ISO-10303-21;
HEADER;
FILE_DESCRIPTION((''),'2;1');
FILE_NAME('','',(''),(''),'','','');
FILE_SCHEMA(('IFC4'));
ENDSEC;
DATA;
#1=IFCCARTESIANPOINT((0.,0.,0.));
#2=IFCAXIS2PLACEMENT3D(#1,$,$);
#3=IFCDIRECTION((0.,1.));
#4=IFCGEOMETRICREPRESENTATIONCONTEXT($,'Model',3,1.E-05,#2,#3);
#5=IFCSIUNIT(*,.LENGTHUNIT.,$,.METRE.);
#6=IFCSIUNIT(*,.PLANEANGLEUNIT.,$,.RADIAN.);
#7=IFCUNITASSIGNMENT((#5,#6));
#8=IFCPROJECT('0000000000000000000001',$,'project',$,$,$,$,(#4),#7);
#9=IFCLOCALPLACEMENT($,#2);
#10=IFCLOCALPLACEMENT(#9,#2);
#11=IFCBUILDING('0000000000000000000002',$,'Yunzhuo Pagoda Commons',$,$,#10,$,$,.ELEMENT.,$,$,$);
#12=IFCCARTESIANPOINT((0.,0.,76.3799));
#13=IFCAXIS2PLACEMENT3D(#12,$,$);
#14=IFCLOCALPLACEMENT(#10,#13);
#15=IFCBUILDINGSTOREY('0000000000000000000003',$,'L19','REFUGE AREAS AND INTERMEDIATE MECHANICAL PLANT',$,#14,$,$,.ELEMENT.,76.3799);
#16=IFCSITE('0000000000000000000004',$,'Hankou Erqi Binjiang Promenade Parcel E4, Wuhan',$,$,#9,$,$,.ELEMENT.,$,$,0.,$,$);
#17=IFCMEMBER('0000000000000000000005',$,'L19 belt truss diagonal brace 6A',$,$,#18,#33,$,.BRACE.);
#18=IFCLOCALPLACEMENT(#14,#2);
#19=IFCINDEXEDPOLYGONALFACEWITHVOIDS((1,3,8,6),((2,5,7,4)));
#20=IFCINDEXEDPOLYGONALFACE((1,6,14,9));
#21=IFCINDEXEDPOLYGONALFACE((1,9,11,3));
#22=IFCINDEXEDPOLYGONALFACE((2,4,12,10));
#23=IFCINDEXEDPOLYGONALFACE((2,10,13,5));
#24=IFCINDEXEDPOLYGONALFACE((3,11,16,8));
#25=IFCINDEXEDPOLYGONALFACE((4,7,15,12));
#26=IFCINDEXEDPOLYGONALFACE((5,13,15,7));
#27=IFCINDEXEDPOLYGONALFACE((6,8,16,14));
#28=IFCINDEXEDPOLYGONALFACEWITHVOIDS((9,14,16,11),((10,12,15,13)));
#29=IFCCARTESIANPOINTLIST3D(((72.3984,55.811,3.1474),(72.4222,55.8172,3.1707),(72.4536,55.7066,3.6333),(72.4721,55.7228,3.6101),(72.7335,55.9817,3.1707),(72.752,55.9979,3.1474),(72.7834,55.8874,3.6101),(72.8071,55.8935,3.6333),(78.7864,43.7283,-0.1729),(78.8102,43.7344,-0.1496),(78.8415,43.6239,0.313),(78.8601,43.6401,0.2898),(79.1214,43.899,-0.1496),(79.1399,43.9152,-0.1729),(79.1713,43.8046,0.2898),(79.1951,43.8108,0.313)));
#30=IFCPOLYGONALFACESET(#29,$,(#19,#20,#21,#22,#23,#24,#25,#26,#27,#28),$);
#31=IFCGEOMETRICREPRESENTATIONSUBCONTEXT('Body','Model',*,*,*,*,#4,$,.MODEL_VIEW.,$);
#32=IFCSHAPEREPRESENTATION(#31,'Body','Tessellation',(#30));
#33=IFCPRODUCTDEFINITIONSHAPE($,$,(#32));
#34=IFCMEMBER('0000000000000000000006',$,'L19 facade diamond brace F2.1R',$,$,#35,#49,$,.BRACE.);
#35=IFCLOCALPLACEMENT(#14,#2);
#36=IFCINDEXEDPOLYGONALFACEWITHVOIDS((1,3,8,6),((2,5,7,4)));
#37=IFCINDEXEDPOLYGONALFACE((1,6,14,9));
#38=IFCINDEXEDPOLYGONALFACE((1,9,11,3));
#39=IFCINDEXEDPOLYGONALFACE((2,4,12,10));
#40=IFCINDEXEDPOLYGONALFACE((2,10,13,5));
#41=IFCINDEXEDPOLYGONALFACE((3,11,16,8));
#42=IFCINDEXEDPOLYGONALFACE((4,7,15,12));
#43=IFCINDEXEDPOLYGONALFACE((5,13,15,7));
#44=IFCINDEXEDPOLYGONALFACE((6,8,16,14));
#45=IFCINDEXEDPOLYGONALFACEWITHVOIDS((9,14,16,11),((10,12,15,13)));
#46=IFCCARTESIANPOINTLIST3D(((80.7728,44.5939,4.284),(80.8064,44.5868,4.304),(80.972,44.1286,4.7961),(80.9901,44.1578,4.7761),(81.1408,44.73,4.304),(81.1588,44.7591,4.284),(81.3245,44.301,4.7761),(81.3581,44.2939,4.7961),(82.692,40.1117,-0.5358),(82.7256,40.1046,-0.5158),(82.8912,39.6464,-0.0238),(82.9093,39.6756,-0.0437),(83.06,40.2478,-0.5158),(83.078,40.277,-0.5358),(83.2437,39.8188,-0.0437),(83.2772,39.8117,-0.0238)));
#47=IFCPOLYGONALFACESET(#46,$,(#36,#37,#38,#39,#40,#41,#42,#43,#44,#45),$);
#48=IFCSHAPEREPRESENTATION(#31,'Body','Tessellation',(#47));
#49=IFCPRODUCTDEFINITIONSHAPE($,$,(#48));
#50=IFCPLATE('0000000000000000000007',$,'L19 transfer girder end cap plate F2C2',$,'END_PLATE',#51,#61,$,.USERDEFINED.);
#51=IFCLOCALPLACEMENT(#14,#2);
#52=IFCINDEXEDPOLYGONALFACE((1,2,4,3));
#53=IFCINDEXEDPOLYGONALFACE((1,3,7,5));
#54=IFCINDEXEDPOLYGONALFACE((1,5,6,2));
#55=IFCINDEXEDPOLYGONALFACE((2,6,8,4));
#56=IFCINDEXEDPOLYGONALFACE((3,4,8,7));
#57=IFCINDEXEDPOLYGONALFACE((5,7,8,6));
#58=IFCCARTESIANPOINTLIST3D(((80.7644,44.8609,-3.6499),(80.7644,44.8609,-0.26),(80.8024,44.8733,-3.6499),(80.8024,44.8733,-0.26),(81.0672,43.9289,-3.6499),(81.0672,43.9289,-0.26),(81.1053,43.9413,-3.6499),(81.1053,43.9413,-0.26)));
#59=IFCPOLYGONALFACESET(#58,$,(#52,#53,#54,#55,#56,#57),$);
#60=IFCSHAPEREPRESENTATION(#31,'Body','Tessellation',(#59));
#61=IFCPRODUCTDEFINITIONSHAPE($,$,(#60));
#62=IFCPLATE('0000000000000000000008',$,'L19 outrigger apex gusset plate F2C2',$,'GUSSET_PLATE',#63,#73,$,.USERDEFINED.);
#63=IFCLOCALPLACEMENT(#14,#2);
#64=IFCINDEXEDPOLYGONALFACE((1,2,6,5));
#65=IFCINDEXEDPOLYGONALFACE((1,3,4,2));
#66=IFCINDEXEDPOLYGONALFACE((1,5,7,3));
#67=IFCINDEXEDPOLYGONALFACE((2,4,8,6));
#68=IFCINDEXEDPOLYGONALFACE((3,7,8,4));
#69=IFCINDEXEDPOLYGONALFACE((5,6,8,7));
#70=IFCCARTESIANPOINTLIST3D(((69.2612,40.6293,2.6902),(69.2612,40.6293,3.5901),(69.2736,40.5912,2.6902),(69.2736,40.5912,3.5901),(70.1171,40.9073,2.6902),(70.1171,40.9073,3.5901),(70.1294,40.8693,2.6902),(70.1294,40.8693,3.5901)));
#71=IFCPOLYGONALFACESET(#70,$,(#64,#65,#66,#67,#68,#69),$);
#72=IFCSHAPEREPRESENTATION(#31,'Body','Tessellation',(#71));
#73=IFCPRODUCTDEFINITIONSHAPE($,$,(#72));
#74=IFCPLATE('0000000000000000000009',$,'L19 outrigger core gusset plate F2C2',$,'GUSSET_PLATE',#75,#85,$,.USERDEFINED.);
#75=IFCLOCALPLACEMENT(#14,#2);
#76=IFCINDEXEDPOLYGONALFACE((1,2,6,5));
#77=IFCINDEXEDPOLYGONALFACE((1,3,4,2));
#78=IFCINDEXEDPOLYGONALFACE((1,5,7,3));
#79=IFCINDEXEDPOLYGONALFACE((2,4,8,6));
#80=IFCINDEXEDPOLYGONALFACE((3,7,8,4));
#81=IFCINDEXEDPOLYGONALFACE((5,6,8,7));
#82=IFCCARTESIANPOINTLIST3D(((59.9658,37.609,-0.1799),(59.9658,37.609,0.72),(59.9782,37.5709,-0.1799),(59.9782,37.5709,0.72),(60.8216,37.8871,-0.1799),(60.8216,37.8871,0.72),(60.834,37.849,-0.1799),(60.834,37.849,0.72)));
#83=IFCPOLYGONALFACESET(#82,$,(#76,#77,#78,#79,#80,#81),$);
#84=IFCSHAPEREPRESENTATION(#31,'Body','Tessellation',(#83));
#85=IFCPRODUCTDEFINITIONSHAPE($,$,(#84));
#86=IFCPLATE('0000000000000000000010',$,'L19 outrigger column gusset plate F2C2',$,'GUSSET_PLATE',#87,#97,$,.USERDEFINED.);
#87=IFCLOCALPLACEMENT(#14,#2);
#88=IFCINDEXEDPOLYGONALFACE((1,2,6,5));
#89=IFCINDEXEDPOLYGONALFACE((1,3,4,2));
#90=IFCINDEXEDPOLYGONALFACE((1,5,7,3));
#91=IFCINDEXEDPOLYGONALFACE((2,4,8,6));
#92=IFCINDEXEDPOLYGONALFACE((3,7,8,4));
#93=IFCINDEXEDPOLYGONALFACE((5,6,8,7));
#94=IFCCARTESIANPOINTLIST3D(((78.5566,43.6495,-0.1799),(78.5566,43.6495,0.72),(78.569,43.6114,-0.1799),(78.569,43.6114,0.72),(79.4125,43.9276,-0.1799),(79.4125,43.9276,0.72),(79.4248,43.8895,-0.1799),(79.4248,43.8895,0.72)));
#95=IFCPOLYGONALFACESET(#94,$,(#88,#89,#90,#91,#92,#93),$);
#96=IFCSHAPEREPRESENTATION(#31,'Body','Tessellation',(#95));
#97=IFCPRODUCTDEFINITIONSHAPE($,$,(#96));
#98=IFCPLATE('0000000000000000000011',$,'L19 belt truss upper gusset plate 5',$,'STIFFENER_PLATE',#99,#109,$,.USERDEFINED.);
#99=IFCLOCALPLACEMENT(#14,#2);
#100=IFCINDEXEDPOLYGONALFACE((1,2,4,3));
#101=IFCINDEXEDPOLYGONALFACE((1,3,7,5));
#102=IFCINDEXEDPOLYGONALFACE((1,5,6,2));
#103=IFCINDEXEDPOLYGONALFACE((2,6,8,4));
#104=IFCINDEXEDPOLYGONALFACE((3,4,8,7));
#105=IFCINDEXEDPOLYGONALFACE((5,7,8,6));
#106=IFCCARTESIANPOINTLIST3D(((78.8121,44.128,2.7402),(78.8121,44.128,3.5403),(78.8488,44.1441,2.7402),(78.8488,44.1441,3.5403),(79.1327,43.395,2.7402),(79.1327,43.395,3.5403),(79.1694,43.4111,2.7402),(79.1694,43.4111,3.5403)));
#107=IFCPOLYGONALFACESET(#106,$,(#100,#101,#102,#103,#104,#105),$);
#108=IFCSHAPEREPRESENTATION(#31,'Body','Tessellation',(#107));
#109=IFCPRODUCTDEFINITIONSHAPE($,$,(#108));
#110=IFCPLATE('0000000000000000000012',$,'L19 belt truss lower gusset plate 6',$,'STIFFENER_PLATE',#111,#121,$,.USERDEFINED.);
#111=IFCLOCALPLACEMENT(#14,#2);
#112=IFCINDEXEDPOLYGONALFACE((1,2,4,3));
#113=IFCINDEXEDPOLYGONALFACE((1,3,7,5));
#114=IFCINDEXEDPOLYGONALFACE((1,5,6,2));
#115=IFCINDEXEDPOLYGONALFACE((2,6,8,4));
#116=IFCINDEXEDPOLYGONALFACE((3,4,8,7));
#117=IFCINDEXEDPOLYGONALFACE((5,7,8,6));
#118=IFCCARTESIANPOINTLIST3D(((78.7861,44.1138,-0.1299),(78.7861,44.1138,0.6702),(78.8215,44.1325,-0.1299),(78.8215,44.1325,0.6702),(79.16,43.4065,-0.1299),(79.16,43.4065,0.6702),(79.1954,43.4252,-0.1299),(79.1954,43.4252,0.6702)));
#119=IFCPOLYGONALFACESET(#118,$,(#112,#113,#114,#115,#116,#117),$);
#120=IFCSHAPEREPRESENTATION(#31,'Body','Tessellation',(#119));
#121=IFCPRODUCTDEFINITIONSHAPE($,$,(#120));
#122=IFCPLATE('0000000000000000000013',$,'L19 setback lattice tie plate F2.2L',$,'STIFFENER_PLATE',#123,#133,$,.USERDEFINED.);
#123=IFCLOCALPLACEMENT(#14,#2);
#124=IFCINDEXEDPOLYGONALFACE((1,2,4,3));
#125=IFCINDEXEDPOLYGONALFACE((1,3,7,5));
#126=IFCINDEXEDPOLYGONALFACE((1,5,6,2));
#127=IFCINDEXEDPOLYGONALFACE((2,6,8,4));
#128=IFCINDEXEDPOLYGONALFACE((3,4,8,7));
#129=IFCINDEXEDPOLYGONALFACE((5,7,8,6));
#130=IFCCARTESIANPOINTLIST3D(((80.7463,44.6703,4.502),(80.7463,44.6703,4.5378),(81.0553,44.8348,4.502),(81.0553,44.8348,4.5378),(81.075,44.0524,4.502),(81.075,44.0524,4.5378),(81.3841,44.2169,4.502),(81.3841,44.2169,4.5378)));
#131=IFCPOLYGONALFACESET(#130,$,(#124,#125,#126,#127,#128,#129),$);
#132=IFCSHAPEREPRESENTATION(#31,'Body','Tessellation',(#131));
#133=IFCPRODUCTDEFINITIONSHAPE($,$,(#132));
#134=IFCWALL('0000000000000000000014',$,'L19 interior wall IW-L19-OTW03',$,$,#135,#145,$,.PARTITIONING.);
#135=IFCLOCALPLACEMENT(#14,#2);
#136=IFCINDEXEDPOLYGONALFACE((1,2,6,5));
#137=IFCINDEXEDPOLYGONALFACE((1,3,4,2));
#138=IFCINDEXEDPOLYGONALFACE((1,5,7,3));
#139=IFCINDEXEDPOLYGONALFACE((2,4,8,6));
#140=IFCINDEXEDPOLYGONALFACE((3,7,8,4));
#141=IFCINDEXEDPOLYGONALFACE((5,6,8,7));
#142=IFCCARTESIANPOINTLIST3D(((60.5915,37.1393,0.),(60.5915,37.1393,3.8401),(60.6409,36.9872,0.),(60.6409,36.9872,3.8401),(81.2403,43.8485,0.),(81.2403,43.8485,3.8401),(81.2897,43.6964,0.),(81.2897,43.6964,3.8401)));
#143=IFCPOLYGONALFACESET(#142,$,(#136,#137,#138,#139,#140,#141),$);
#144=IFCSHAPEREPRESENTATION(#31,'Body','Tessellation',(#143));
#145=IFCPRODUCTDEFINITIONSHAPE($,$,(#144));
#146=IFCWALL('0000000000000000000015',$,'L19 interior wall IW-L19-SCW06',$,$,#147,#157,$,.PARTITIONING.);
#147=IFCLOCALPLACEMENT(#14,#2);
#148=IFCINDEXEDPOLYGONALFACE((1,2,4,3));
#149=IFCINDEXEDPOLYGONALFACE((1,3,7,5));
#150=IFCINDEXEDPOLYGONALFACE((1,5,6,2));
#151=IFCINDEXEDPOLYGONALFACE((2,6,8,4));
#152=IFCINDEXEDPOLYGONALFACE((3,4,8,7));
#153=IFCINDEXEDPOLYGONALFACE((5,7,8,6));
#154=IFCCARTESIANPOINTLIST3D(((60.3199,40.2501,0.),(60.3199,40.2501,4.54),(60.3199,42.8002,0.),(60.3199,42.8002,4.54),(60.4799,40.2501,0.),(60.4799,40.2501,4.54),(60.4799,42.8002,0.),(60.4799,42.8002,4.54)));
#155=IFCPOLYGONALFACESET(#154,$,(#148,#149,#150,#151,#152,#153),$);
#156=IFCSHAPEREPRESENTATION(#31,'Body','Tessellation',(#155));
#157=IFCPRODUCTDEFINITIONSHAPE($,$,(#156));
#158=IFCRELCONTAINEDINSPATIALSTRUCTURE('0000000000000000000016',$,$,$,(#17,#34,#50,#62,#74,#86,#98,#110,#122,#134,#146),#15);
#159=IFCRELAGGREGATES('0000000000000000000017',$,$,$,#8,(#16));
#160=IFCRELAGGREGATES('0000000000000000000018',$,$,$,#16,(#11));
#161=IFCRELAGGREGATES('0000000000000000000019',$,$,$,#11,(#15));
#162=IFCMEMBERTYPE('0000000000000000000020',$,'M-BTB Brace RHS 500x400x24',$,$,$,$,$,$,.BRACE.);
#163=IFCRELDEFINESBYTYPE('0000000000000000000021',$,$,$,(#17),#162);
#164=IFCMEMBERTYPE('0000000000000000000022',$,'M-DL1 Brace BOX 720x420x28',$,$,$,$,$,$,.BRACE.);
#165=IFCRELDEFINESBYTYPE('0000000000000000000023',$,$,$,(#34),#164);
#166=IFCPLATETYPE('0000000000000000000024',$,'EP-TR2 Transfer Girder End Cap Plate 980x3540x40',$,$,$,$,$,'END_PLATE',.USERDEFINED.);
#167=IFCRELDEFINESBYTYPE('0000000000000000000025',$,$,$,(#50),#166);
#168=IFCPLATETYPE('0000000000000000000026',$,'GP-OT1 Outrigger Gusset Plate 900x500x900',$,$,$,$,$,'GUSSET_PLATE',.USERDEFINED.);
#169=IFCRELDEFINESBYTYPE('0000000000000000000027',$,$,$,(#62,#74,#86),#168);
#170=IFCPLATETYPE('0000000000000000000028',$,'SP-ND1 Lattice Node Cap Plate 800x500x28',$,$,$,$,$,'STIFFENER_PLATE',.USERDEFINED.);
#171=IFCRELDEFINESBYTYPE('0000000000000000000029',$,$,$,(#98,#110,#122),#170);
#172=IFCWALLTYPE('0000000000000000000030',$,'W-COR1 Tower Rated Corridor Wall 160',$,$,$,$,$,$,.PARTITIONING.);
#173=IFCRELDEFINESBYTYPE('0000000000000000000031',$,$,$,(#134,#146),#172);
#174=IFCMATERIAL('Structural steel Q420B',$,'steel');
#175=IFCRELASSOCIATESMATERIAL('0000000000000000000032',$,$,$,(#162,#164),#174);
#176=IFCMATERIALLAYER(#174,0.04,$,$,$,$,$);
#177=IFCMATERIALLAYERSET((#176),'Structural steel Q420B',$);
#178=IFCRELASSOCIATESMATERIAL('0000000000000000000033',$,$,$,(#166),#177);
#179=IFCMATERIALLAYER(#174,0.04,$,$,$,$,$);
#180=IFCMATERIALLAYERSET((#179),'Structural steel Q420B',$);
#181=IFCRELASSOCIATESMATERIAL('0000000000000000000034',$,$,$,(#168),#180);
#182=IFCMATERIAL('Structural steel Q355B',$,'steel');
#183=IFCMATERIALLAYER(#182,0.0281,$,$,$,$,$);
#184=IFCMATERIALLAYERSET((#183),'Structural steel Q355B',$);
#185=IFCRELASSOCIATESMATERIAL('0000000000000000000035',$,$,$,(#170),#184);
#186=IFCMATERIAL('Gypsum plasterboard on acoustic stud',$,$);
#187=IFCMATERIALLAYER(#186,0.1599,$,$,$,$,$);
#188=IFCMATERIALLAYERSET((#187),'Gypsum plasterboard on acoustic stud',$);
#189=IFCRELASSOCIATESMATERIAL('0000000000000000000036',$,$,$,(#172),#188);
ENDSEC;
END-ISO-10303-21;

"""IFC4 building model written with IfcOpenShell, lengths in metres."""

from ifc_helpers import new_model, si_unit, direction, frame, frame_2d, origin, origin_2d, place, context, subcontext, project, spatial, rectangle, hollow_rectangle, extrude, source, transform, mapped, material, layer, layer_set, material_profile, profile_set, type_object, element, save


model = new_model("IFC4")

# Units and contexts
model_context = context("Model", 3, precision=1e-05, world=origin(), true_north=direction((0.0, 1.0)))
body_context = subcontext(model_context, "Body", "Model", "MODEL_VIEW")
ifc_project = project(units=[si_unit("LENGTHUNIT", "METRE"), si_unit("PLANEANGLEUNIT", "RADIAN")], contexts=[model_context])

# Site, building, storey
site_placement = place(None, origin())
site = spatial("IfcSite", under=ifc_project, at=site_placement, Name="Hankou Erqi Binjiang Promenade Parcel E4, Wuhan", CompositionType="ELEMENT", RefElevation=0.0)
building_placement = place(site_placement, origin())
building = spatial("IfcBuilding", under=site, at=building_placement, Name="Yunzhuo Pagoda Commons", CompositionType="ELEMENT")
storey_placement = place(building_placement, frame((0.0, 0.0, 76.3799)))
storey = spatial("IfcBuildingStorey", under=building, at=storey_placement, Name="L19", Description="REFUGE AREAS AND INTERMEDIATE MECHANICAL PLANT", CompositionType="ELEMENT", Elevation=76.3799)

# Shared definitions
ifc_material_1 = material(Name="Structural steel Q420B", Category="steel")

# Shared definitions
ifc_material_2 = material(Name="Structural steel Q355B", Category="steel")

# Members
ifc_material_profile_1 = material_profile(ifc_material_1, hollow_rectangle(XDim=0.3999, YDim=0.5, WallThickness=0.0239, at=origin_2d()), Name="Structural steel Q420B")
ifc_profile_set_1 = profile_set([ifc_material_profile_1], Name="Structural steel Q420B")
member_type_1 = type_object("IfcMemberType", Name="M-BTB Brace RHS 500x400x24", PredefinedType="BRACE", material=ifc_profile_set_1)
shared_shape_1 = source(origin(), body_context, "Body", "SweptSolid", [
    extrude(hollow_rectangle(XDim=0.3999, YDim=0.5, WallThickness=0.0239, at=origin_2d()), origin(), (0.0, 0.0, 1.0), 14.0649),
])
member_1_placement = place(storey_placement, frame((78.9907, 43.7695, 0.0701), z_axis=(-0.454174, 0.859068, 0.23607), x_axis=(-0.884055, -0.467384, 0.0)))
element("IfcMember", 1, at=member_1_placement, inside=storey, type_object=member_type_1, Name="L19 belt truss diagonal brace 6A", PredefinedType="BRACE", context=body_context, shape_type="MappedRepresentation", body=[
    mapped(shared_shape_1, transform((0.0, 0.0, 0.0), scale=1.0)),
])
ifc_material_profile_2 = material_profile(ifc_material_1, hollow_rectangle(XDim=0.4199, YDim=0.72, WallThickness=0.0281, at=origin_2d()), Name="Structural steel Q420B")
ifc_profile_set_2 = profile_set([ifc_material_profile_2], Name="Structural steel Q420B")
member_type_2 = type_object("IfcMemberType", Name="M-DL1 Brace BOX 720x420x28", PredefinedType="BRACE", material=ifc_profile_set_2)
shared_shape_2 = source(origin(), body_context, "Body", "SweptSolid", [
    extrude(hollow_rectangle(XDim=0.4199, YDim=0.72, WallThickness=0.0281, at=origin_2d()), origin(), (0.0, 0.0, 1.0), 6.856),
])
member_2_placement = place(storey_placement, frame((82.9846, 39.9617, -0.2798), z_axis=(-0.279931, 0.653766, 0.703014), x_axis=(-0.919274, -0.393617, 0.0)))
element("IfcMember", 2, at=member_2_placement, inside=storey, type_object=member_type_2, Name="L19 facade diamond brace F2.1R", PredefinedType="BRACE", context=body_context, shape_type="MappedRepresentation", body=[
    mapped(shared_shape_2, transform((0.0, 0.0, 0.0), scale=1.0)),
])

# Plates
ifc_layer_1 = layer(ifc_material_1, 0.04)
ifc_layer_set_1 = layer_set([ifc_layer_1], Name="Structural steel Q420B")
plate_type_1 = type_object("IfcPlateType", Name="EP-TR2 Transfer Girder End Cap Plate 980x3540x40", ElementType="END_PLATE", PredefinedType="USERDEFINED", material=ifc_layer_set_1)
shared_shape_3 = source(origin(), body_context, "Body", "SweptSolid", [
    extrude(rectangle(XDim=0.98, YDim=0.04, at=origin_2d()), origin(), (0.0, 0.0, 1.0), 3.3899),
])
plate_1_placement = place(storey_placement, frame((80.9348, 44.4011, -3.6499), z_axis=(0.0, 0.0, 1.0), x_axis=(-0.309017, 0.951057, 0.0)))
element("IfcPlate", 3, at=plate_1_placement, inside=storey, type_object=plate_type_1, Name="L19 transfer girder end cap plate F2C2", ObjectType="END_PLATE", PredefinedType="USERDEFINED", context=body_context, shape_type="MappedRepresentation", body=[
    mapped(shared_shape_3, transform((0.0, 0.0, 0.0), scale=1.0)),
])
ifc_layer_2 = layer(ifc_material_1, 0.04)
ifc_layer_set_2 = layer_set([ifc_layer_2], Name="Structural steel Q420B")
plate_type_2 = type_object("IfcPlateType", Name="GP-OT1 Outrigger Gusset Plate 900x500x900", ElementType="GUSSET_PLATE", PredefinedType="USERDEFINED", material=ifc_layer_set_2)
shared_shape_4 = source(origin(), body_context, "Body", "SweptSolid", [
    extrude(rectangle(XDim=0.8999, YDim=0.04, at=origin_2d()), origin(), (0.0, 0.0, 1.0), 0.8999),
])
for number, where, z_axis, x_axis, name in (
    (4, (69.6953, 40.7493, 2.6902), (0.0, 0.0, 1.0), (0.951057, 0.309017, 0.0), "L19 outrigger apex gusset plate F2C2"),
    (5, (60.3999, 37.729, -0.1799), (0.0, 0.0, 1.0), (0.951057, 0.309017, 0.0), "L19 outrigger core gusset plate F2C2"),
    (6, (78.9907, 43.7695, -0.1799), (0.0, 0.0, 1.0), (0.951057, 0.309017, 0.0), "L19 outrigger column gusset plate F2C2"),
):
    element("IfcPlate", number, at=place(storey_placement, frame(where, z_axis=z_axis, x_axis=x_axis)), inside=storey, type_object=plate_type_2, Name=name, ObjectType="GUSSET_PLATE", PredefinedType="USERDEFINED", context=body_context, shape_type="MappedRepresentation", body=[
        mapped(shared_shape_4, transform((0.0, 0.0, 0.0), scale=1.0)),
    ])
ifc_layer_3 = layer(ifc_material_2, 0.0281)
ifc_layer_set_3 = layer_set([ifc_layer_3], Name="Structural steel Q355B")
plate_type_3 = type_object("IfcPlateType", Name="SP-ND1 Lattice Node Cap Plate 800x500x28", ElementType="STIFFENER_PLATE", PredefinedType="USERDEFINED", material=ifc_layer_set_3)
shared_shape_5 = source(origin(), body_context, "Body", "SweptSolid", [
    extrude(rectangle(XDim=0.8, YDim=0.04, at=origin_2d()), origin(), (0.0, 0.0, 1.0), 0.8),
])
for number, where, z_axis, x_axis, name in (
    (7, (78.9907, 43.7695, 2.7402), (0.0, 0.0, 1.0), (-0.400717, 0.916202, 0.0), "L19 belt truss upper gusset plate 5"),
    (8, (78.9907, 43.7695, -0.1299), (0.0, 0.0, 1.0), (-0.46739, 0.884051, 0.0), "L19 belt truss lower gusset plate 6"),
):
    element("IfcPlate", number, at=place(storey_placement, frame(where, z_axis=z_axis, x_axis=x_axis)), inside=storey, type_object=plate_type_3, Name=name, ObjectType="STIFFENER_PLATE", PredefinedType="USERDEFINED", context=body_context, shape_type="MappedRepresentation", body=[
        mapped(shared_shape_5, transform((0.0, 0.0, 0.0), scale=1.0)),
    ])
shared_shape_6 = source(origin(), body_context, "Body", "SweptSolid", [
    extrude(rectangle(XDim=0.7, YDim=0.3501, at=origin_2d()), origin(), (0.0, 0.0, 1.0), 0.0359),
])
plate_2_placement = place(storey_placement, frame((81.0652, 44.4436, 4.502), z_axis=(0.0, 0.0, 1.0), x_axis=(-0.469734, 0.882808, 0.0)))
element("IfcPlate", 9, at=plate_2_placement, inside=storey, type_object=plate_type_3, Name="L19 setback lattice tie plate F2.2L", ObjectType="STIFFENER_PLATE", PredefinedType="USERDEFINED", context=body_context, shape_type="MappedRepresentation", body=[
    mapped(shared_shape_6, transform((0.0, 0.0, 0.0), scale=1.0)),
])

# Walls
ifc_material_3 = material(Name="Gypsum plasterboard on acoustic stud")
ifc_layer_4 = layer(ifc_material_3, 0.1599)
ifc_layer_set_4 = layer_set([ifc_layer_4], Name="Gypsum plasterboard on acoustic stud")
wall_type = type_object("IfcWallType", Name="W-COR1 Tower Rated Corridor Wall 160", PredefinedType="PARTITIONING", material=ifc_layer_set_4)
wall_1_placement = place(storey_placement, frame((60.6162, 37.0632, 0.0), z_axis=(0.0, 0.0, 1.0), x_axis=(0.951056, 0.30902, 0.0)))
element("IfcWall", 10, at=wall_1_placement, inside=storey, type_object=wall_type, Name="L19 interior wall IW-L19-OTW03", PredefinedType="PARTITIONING", context=body_context, shape_type="SweptSolid", body=[
    extrude(rectangle(XDim=21.7114, YDim=0.1599, at=frame_2d((10.8557, 0.0))), origin(), (0.0, 0.0, 1.0), 3.8401),
])
wall_2_placement = place(storey_placement, frame((60.3999, 42.8, 0.0), z_axis=(0.0, 0.0, 1.0), x_axis=(0.0, -1.0, 0.0)))
element("IfcWall", 11, at=wall_2_placement, inside=storey, type_object=wall_type, Name="L19 interior wall IW-L19-SCW06", PredefinedType="PARTITIONING", context=body_context, shape_type="SweptSolid", body=[
    extrude(rectangle(XDim=2.55, YDim=0.1599, at=frame_2d((1.2749, 0.0))), origin(), (0.0, 0.0, 1.0), 4.54),
])

save(model, "model.ifc")
